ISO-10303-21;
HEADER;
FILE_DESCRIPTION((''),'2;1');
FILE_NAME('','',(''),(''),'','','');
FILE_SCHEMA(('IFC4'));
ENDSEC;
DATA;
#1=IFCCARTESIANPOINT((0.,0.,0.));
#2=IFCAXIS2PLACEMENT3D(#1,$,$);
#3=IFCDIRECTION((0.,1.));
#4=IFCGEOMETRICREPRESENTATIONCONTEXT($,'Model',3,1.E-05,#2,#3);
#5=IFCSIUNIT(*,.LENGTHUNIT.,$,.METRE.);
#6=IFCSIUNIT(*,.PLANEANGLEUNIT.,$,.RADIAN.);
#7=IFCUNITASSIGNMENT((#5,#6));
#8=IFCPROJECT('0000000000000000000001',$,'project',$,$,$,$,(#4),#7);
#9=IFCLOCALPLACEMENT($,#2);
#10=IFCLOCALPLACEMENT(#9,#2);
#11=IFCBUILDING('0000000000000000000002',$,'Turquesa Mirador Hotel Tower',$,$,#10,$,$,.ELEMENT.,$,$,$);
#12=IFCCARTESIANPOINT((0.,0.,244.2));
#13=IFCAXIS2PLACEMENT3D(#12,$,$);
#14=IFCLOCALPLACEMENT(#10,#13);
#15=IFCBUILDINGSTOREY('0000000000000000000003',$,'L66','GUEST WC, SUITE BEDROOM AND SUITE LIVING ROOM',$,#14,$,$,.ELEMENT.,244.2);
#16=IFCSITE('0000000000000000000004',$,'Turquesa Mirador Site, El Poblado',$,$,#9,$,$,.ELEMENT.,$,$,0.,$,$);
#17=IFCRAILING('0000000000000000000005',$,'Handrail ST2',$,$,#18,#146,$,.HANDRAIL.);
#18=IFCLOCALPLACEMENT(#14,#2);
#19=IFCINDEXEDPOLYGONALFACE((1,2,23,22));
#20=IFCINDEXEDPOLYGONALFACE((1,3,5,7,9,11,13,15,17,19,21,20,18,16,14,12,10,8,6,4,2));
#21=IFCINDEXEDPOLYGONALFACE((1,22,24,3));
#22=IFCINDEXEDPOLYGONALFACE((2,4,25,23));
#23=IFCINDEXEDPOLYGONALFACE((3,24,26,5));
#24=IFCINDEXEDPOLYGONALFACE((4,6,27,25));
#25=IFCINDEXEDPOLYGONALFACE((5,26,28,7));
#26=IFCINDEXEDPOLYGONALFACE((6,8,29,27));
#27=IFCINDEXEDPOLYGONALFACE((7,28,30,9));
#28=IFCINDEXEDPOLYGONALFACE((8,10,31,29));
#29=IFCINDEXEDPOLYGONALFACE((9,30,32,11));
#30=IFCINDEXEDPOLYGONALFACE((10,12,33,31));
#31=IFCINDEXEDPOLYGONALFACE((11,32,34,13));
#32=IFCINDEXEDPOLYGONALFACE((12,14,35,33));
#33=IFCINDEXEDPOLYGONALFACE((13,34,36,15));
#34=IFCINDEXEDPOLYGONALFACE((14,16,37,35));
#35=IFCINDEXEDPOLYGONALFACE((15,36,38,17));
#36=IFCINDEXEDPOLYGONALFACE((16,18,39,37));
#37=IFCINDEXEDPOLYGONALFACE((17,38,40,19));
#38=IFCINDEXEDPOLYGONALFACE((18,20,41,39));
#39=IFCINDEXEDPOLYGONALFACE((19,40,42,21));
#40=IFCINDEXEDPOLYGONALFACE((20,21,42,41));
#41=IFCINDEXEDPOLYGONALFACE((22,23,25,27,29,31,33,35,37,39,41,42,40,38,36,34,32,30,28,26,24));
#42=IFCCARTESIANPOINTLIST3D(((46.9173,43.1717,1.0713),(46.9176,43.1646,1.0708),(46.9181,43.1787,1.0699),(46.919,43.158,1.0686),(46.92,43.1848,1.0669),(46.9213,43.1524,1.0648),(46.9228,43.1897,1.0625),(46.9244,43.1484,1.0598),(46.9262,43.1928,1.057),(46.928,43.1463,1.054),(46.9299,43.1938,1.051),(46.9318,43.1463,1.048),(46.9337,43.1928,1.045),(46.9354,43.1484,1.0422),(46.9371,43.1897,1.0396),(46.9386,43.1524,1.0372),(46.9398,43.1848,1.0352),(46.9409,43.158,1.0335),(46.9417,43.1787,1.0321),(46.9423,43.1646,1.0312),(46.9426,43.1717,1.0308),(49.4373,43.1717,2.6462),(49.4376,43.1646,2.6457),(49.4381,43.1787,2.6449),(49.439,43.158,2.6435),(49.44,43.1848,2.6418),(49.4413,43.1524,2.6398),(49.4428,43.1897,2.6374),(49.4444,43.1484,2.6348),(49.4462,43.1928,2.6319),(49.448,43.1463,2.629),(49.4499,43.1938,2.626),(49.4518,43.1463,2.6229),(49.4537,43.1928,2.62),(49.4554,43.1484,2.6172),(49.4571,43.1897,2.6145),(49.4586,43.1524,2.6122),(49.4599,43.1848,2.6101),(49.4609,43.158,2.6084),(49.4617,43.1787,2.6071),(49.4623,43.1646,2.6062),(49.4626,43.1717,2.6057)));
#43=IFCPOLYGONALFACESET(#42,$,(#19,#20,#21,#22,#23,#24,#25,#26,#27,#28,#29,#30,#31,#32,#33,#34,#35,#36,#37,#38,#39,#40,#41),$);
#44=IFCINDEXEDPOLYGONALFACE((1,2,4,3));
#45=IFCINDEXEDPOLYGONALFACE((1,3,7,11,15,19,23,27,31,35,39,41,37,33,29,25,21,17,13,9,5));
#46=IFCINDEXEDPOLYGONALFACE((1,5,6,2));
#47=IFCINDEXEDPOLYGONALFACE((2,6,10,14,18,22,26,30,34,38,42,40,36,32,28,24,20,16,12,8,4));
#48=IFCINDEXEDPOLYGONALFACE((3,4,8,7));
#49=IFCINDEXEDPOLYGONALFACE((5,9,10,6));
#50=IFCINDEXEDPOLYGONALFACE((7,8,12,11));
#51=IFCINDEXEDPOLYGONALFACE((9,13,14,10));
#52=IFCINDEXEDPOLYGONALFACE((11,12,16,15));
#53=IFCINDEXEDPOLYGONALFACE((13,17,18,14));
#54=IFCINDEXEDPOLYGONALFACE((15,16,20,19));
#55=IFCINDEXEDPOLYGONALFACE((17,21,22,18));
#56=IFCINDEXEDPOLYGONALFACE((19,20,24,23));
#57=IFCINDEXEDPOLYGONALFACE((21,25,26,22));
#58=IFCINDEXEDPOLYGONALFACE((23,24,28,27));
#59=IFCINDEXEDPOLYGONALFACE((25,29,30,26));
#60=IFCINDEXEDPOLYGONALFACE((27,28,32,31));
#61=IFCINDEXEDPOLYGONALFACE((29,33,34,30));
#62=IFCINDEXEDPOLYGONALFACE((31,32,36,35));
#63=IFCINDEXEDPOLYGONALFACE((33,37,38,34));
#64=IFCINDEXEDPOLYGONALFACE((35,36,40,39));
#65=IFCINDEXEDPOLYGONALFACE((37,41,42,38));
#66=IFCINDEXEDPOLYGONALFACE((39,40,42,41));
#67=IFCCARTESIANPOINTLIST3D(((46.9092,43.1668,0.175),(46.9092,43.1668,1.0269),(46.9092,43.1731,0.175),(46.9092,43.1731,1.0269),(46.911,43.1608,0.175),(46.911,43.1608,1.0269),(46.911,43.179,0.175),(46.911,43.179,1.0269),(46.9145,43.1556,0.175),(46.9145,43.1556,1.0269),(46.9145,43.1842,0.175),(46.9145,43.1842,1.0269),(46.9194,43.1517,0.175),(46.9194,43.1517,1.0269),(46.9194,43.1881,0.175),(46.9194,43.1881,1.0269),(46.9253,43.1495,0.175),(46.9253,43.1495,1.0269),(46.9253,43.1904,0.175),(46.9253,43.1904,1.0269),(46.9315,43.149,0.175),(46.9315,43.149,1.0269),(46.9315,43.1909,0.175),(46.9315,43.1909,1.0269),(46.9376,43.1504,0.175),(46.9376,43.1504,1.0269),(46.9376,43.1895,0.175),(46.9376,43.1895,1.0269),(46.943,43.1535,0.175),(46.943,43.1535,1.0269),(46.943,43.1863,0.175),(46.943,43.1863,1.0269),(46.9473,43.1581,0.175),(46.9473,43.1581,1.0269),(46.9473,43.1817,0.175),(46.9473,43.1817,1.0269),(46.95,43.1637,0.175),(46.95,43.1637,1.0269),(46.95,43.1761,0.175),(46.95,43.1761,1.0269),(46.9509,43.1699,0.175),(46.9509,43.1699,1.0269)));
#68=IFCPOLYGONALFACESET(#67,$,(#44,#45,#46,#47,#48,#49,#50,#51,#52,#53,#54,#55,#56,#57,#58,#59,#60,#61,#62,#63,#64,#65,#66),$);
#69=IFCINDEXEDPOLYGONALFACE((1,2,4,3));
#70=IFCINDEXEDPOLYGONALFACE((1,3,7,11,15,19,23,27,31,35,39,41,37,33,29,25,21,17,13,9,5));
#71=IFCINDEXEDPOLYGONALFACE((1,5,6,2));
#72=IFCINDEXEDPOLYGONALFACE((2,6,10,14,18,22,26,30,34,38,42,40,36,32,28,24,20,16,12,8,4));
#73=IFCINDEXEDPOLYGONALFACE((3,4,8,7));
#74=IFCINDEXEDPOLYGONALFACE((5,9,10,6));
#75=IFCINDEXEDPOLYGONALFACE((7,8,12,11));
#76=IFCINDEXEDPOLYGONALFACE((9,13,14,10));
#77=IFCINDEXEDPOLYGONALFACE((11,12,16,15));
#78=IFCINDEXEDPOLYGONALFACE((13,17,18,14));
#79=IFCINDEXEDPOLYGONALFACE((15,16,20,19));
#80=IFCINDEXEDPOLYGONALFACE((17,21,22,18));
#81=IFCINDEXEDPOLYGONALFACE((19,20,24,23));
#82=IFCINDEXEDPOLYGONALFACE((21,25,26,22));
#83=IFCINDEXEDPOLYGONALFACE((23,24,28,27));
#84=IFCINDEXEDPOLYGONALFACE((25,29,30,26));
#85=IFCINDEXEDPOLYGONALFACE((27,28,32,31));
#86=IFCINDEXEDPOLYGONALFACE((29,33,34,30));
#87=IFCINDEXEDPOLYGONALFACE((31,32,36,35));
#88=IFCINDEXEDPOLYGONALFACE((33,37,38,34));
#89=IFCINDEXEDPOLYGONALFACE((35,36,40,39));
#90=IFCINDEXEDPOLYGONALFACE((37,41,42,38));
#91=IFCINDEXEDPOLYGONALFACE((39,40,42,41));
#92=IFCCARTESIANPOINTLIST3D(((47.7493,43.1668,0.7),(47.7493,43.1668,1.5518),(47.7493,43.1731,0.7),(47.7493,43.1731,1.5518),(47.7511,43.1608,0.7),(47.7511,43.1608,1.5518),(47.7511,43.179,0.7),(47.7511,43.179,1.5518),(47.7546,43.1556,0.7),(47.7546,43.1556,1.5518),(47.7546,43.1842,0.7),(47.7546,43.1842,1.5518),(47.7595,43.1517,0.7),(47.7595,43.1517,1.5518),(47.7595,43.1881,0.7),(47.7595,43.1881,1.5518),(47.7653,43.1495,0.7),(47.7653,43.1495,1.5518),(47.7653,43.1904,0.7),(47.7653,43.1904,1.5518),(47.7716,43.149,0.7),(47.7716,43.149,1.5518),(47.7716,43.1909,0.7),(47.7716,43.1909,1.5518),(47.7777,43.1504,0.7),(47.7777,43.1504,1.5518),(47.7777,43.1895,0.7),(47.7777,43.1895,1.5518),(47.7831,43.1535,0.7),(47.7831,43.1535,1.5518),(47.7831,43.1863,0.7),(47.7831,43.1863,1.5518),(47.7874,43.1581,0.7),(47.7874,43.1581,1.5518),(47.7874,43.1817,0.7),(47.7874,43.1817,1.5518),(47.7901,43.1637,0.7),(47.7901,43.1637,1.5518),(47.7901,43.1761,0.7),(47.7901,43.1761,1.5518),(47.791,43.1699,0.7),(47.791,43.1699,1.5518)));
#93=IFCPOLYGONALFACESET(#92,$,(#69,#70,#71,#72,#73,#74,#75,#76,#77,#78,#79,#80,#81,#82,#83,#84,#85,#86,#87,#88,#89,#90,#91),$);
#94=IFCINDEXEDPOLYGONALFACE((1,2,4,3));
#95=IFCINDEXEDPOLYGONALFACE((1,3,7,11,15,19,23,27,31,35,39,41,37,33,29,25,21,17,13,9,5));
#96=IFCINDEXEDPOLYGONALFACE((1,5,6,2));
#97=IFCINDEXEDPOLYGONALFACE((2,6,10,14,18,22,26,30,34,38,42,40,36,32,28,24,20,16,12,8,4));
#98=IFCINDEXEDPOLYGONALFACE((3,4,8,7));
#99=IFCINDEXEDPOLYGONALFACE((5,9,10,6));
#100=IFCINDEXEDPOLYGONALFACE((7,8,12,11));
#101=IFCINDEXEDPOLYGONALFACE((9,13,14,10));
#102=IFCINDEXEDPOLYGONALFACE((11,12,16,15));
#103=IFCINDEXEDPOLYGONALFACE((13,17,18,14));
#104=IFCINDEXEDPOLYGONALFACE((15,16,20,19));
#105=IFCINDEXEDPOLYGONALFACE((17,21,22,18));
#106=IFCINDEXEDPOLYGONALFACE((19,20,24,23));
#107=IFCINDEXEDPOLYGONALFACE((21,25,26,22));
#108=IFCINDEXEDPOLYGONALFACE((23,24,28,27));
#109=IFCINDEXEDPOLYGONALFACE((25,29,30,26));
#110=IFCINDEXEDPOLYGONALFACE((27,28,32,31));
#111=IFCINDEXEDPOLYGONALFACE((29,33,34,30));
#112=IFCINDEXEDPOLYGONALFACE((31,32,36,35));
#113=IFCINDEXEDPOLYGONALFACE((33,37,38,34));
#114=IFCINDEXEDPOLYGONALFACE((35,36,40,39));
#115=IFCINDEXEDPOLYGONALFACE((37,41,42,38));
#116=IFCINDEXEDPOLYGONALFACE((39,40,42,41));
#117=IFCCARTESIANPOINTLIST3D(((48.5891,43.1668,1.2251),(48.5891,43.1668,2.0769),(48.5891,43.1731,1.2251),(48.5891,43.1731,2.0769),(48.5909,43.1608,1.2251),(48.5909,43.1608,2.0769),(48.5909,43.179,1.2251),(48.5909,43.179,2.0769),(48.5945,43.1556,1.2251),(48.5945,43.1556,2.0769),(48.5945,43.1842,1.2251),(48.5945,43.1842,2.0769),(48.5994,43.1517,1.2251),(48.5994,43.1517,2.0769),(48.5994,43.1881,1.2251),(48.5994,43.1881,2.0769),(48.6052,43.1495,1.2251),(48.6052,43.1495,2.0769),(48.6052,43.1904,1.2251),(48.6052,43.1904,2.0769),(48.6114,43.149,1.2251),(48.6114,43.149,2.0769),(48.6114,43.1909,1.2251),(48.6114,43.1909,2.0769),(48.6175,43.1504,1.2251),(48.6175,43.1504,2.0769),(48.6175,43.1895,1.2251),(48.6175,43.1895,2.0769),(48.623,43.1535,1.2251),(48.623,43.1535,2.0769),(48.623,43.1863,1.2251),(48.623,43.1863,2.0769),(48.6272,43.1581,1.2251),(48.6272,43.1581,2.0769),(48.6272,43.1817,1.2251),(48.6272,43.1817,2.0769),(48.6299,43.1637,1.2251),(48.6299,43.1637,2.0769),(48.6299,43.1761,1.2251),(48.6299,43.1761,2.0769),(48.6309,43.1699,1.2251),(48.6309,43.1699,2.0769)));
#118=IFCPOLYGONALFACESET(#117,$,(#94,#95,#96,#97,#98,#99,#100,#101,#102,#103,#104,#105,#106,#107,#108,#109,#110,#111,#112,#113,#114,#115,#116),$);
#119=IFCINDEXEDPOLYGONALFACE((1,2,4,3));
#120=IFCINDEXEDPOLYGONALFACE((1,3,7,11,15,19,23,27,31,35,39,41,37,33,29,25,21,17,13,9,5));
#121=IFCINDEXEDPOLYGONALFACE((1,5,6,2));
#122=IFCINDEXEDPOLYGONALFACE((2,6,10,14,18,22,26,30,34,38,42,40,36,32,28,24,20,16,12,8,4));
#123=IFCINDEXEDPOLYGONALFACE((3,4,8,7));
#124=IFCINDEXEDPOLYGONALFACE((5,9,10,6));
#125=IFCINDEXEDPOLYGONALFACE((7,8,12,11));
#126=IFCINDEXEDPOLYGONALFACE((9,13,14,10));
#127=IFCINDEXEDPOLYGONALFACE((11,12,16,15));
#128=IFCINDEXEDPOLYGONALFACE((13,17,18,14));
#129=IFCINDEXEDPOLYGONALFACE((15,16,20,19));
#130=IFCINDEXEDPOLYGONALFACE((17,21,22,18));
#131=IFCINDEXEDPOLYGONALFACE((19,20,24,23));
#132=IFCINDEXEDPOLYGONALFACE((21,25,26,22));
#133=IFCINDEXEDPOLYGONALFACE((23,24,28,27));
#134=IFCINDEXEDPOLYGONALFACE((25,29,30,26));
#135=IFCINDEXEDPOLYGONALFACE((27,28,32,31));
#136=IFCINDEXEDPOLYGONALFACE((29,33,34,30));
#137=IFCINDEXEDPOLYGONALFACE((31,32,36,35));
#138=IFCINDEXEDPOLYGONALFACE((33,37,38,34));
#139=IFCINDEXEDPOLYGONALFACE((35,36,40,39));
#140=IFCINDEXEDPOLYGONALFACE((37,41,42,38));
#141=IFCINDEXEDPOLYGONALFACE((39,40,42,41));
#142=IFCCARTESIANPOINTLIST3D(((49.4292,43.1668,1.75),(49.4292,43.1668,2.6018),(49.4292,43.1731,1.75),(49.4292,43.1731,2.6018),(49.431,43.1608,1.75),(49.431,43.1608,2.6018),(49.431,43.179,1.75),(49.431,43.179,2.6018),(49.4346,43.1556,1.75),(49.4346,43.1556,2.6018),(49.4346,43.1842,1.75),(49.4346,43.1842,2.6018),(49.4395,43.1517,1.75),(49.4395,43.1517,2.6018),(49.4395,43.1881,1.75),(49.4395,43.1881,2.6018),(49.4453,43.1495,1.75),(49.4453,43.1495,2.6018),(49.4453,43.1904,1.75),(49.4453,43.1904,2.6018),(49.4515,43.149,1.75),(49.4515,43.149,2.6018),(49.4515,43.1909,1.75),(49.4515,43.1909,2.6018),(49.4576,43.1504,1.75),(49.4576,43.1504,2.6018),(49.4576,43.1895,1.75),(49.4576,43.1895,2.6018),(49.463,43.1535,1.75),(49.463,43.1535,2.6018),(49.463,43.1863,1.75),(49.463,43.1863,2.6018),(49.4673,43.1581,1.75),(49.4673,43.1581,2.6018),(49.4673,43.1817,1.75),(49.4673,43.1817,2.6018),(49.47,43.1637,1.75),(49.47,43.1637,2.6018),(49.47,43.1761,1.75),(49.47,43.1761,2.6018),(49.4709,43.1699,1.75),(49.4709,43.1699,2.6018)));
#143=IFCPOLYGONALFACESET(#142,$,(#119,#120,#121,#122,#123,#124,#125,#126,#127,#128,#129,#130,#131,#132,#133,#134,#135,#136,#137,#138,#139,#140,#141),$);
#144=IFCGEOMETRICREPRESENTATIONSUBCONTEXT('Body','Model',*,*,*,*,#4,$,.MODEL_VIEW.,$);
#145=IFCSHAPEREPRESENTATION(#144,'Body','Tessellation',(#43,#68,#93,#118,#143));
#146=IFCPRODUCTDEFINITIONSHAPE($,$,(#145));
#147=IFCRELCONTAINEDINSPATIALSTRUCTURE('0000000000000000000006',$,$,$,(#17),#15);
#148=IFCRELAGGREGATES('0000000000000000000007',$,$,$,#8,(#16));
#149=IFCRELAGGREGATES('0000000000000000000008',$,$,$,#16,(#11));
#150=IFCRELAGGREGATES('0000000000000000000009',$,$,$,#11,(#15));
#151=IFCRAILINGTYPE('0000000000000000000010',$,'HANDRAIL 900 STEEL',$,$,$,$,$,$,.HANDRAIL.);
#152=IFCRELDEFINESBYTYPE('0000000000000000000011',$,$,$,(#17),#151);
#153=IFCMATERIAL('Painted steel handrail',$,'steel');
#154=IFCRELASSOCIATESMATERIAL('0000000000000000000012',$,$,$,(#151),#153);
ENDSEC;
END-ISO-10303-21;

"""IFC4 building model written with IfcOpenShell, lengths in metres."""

from ifc_helpers import new_model, si_unit, direction, frame, origin, origin_2d, place, context, subcontext, project, spatial, circle, extrude, material, type_object, element, save


model = new_model("IFC4")

# Units and contexts
model_context = context("Model", 3, precision=1e-05, world=origin(), true_north=direction((0.0, 1.0)))
body_context = subcontext(model_context, "Body", "Model", "MODEL_VIEW")
ifc_project = project(units=[si_unit("LENGTHUNIT", "METRE"), si_unit("PLANEANGLEUNIT", "RADIAN")], contexts=[model_context])

# Site, building, storey
site_placement = place(None, origin())
site = spatial("IfcSite", under=ifc_project, at=site_placement, Name="Turquesa Mirador Site, El Poblado", CompositionType="ELEMENT", RefElevation=0.0)
building_placement = place(site_placement, origin())
building = spatial("IfcBuilding", under=site, at=building_placement, Name="Turquesa Mirador Hotel Tower", CompositionType="ELEMENT")
storey_placement = place(building_placement, frame((0.0, 0.0, 244.2)))
storey = spatial("IfcBuildingStorey", under=building, at=storey_placement, Name="L66", Description="GUEST WC, SUITE BEDROOM AND SUITE LIVING ROOM", CompositionType="ELEMENT", Elevation=244.2)

# Railing
ifc_material_1 = material(Name="Painted steel handrail", Category="steel")
railing_type = type_object("IfcRailingType", Name="HANDRAIL 900 STEEL", PredefinedType="HANDRAIL", material=ifc_material_1)
for number, where, name in (
    (1, (46.9299, 43.1699, 0.175), "Handrail ST2"),
):
    element("IfcRailing", number, at=place(storey_placement, frame(where)), inside=storey, type_object=railing_type, Name=name, PredefinedType="HANDRAIL", context=body_context, shape_type="SweptSolid", body=[
        extrude(circle(Radius=0.0239, at=origin_2d()), frame((0.0, 0.0, 0.876), z_axis=(0.848008, 0.0, 0.529984), x_axis=(0.0, 1.0, 0.0)), (0.0, 0.0, 1.0), 2.9717),
        extrude(circle(Radius=0.021, at=origin_2d()), origin(), (0.0, 0.0, 1.0), 0.8518),
        extrude(circle(Radius=0.021, at=origin_2d()), frame((0.8401, 0.0, 0.5249)), (0.0, 0.0, 1.0), 0.8518),
        extrude(circle(Radius=0.021, at=origin_2d()), frame((1.6799, 0.0, 1.05)), (0.0, 0.0, 1.0), 0.8518),
        extrude(circle(Radius=0.021, at=origin_2d()), frame((2.52, 0.0, 1.575)), (0.0, 0.0, 1.0), 0.8518),
    ])

save(model, "model.ifc")
